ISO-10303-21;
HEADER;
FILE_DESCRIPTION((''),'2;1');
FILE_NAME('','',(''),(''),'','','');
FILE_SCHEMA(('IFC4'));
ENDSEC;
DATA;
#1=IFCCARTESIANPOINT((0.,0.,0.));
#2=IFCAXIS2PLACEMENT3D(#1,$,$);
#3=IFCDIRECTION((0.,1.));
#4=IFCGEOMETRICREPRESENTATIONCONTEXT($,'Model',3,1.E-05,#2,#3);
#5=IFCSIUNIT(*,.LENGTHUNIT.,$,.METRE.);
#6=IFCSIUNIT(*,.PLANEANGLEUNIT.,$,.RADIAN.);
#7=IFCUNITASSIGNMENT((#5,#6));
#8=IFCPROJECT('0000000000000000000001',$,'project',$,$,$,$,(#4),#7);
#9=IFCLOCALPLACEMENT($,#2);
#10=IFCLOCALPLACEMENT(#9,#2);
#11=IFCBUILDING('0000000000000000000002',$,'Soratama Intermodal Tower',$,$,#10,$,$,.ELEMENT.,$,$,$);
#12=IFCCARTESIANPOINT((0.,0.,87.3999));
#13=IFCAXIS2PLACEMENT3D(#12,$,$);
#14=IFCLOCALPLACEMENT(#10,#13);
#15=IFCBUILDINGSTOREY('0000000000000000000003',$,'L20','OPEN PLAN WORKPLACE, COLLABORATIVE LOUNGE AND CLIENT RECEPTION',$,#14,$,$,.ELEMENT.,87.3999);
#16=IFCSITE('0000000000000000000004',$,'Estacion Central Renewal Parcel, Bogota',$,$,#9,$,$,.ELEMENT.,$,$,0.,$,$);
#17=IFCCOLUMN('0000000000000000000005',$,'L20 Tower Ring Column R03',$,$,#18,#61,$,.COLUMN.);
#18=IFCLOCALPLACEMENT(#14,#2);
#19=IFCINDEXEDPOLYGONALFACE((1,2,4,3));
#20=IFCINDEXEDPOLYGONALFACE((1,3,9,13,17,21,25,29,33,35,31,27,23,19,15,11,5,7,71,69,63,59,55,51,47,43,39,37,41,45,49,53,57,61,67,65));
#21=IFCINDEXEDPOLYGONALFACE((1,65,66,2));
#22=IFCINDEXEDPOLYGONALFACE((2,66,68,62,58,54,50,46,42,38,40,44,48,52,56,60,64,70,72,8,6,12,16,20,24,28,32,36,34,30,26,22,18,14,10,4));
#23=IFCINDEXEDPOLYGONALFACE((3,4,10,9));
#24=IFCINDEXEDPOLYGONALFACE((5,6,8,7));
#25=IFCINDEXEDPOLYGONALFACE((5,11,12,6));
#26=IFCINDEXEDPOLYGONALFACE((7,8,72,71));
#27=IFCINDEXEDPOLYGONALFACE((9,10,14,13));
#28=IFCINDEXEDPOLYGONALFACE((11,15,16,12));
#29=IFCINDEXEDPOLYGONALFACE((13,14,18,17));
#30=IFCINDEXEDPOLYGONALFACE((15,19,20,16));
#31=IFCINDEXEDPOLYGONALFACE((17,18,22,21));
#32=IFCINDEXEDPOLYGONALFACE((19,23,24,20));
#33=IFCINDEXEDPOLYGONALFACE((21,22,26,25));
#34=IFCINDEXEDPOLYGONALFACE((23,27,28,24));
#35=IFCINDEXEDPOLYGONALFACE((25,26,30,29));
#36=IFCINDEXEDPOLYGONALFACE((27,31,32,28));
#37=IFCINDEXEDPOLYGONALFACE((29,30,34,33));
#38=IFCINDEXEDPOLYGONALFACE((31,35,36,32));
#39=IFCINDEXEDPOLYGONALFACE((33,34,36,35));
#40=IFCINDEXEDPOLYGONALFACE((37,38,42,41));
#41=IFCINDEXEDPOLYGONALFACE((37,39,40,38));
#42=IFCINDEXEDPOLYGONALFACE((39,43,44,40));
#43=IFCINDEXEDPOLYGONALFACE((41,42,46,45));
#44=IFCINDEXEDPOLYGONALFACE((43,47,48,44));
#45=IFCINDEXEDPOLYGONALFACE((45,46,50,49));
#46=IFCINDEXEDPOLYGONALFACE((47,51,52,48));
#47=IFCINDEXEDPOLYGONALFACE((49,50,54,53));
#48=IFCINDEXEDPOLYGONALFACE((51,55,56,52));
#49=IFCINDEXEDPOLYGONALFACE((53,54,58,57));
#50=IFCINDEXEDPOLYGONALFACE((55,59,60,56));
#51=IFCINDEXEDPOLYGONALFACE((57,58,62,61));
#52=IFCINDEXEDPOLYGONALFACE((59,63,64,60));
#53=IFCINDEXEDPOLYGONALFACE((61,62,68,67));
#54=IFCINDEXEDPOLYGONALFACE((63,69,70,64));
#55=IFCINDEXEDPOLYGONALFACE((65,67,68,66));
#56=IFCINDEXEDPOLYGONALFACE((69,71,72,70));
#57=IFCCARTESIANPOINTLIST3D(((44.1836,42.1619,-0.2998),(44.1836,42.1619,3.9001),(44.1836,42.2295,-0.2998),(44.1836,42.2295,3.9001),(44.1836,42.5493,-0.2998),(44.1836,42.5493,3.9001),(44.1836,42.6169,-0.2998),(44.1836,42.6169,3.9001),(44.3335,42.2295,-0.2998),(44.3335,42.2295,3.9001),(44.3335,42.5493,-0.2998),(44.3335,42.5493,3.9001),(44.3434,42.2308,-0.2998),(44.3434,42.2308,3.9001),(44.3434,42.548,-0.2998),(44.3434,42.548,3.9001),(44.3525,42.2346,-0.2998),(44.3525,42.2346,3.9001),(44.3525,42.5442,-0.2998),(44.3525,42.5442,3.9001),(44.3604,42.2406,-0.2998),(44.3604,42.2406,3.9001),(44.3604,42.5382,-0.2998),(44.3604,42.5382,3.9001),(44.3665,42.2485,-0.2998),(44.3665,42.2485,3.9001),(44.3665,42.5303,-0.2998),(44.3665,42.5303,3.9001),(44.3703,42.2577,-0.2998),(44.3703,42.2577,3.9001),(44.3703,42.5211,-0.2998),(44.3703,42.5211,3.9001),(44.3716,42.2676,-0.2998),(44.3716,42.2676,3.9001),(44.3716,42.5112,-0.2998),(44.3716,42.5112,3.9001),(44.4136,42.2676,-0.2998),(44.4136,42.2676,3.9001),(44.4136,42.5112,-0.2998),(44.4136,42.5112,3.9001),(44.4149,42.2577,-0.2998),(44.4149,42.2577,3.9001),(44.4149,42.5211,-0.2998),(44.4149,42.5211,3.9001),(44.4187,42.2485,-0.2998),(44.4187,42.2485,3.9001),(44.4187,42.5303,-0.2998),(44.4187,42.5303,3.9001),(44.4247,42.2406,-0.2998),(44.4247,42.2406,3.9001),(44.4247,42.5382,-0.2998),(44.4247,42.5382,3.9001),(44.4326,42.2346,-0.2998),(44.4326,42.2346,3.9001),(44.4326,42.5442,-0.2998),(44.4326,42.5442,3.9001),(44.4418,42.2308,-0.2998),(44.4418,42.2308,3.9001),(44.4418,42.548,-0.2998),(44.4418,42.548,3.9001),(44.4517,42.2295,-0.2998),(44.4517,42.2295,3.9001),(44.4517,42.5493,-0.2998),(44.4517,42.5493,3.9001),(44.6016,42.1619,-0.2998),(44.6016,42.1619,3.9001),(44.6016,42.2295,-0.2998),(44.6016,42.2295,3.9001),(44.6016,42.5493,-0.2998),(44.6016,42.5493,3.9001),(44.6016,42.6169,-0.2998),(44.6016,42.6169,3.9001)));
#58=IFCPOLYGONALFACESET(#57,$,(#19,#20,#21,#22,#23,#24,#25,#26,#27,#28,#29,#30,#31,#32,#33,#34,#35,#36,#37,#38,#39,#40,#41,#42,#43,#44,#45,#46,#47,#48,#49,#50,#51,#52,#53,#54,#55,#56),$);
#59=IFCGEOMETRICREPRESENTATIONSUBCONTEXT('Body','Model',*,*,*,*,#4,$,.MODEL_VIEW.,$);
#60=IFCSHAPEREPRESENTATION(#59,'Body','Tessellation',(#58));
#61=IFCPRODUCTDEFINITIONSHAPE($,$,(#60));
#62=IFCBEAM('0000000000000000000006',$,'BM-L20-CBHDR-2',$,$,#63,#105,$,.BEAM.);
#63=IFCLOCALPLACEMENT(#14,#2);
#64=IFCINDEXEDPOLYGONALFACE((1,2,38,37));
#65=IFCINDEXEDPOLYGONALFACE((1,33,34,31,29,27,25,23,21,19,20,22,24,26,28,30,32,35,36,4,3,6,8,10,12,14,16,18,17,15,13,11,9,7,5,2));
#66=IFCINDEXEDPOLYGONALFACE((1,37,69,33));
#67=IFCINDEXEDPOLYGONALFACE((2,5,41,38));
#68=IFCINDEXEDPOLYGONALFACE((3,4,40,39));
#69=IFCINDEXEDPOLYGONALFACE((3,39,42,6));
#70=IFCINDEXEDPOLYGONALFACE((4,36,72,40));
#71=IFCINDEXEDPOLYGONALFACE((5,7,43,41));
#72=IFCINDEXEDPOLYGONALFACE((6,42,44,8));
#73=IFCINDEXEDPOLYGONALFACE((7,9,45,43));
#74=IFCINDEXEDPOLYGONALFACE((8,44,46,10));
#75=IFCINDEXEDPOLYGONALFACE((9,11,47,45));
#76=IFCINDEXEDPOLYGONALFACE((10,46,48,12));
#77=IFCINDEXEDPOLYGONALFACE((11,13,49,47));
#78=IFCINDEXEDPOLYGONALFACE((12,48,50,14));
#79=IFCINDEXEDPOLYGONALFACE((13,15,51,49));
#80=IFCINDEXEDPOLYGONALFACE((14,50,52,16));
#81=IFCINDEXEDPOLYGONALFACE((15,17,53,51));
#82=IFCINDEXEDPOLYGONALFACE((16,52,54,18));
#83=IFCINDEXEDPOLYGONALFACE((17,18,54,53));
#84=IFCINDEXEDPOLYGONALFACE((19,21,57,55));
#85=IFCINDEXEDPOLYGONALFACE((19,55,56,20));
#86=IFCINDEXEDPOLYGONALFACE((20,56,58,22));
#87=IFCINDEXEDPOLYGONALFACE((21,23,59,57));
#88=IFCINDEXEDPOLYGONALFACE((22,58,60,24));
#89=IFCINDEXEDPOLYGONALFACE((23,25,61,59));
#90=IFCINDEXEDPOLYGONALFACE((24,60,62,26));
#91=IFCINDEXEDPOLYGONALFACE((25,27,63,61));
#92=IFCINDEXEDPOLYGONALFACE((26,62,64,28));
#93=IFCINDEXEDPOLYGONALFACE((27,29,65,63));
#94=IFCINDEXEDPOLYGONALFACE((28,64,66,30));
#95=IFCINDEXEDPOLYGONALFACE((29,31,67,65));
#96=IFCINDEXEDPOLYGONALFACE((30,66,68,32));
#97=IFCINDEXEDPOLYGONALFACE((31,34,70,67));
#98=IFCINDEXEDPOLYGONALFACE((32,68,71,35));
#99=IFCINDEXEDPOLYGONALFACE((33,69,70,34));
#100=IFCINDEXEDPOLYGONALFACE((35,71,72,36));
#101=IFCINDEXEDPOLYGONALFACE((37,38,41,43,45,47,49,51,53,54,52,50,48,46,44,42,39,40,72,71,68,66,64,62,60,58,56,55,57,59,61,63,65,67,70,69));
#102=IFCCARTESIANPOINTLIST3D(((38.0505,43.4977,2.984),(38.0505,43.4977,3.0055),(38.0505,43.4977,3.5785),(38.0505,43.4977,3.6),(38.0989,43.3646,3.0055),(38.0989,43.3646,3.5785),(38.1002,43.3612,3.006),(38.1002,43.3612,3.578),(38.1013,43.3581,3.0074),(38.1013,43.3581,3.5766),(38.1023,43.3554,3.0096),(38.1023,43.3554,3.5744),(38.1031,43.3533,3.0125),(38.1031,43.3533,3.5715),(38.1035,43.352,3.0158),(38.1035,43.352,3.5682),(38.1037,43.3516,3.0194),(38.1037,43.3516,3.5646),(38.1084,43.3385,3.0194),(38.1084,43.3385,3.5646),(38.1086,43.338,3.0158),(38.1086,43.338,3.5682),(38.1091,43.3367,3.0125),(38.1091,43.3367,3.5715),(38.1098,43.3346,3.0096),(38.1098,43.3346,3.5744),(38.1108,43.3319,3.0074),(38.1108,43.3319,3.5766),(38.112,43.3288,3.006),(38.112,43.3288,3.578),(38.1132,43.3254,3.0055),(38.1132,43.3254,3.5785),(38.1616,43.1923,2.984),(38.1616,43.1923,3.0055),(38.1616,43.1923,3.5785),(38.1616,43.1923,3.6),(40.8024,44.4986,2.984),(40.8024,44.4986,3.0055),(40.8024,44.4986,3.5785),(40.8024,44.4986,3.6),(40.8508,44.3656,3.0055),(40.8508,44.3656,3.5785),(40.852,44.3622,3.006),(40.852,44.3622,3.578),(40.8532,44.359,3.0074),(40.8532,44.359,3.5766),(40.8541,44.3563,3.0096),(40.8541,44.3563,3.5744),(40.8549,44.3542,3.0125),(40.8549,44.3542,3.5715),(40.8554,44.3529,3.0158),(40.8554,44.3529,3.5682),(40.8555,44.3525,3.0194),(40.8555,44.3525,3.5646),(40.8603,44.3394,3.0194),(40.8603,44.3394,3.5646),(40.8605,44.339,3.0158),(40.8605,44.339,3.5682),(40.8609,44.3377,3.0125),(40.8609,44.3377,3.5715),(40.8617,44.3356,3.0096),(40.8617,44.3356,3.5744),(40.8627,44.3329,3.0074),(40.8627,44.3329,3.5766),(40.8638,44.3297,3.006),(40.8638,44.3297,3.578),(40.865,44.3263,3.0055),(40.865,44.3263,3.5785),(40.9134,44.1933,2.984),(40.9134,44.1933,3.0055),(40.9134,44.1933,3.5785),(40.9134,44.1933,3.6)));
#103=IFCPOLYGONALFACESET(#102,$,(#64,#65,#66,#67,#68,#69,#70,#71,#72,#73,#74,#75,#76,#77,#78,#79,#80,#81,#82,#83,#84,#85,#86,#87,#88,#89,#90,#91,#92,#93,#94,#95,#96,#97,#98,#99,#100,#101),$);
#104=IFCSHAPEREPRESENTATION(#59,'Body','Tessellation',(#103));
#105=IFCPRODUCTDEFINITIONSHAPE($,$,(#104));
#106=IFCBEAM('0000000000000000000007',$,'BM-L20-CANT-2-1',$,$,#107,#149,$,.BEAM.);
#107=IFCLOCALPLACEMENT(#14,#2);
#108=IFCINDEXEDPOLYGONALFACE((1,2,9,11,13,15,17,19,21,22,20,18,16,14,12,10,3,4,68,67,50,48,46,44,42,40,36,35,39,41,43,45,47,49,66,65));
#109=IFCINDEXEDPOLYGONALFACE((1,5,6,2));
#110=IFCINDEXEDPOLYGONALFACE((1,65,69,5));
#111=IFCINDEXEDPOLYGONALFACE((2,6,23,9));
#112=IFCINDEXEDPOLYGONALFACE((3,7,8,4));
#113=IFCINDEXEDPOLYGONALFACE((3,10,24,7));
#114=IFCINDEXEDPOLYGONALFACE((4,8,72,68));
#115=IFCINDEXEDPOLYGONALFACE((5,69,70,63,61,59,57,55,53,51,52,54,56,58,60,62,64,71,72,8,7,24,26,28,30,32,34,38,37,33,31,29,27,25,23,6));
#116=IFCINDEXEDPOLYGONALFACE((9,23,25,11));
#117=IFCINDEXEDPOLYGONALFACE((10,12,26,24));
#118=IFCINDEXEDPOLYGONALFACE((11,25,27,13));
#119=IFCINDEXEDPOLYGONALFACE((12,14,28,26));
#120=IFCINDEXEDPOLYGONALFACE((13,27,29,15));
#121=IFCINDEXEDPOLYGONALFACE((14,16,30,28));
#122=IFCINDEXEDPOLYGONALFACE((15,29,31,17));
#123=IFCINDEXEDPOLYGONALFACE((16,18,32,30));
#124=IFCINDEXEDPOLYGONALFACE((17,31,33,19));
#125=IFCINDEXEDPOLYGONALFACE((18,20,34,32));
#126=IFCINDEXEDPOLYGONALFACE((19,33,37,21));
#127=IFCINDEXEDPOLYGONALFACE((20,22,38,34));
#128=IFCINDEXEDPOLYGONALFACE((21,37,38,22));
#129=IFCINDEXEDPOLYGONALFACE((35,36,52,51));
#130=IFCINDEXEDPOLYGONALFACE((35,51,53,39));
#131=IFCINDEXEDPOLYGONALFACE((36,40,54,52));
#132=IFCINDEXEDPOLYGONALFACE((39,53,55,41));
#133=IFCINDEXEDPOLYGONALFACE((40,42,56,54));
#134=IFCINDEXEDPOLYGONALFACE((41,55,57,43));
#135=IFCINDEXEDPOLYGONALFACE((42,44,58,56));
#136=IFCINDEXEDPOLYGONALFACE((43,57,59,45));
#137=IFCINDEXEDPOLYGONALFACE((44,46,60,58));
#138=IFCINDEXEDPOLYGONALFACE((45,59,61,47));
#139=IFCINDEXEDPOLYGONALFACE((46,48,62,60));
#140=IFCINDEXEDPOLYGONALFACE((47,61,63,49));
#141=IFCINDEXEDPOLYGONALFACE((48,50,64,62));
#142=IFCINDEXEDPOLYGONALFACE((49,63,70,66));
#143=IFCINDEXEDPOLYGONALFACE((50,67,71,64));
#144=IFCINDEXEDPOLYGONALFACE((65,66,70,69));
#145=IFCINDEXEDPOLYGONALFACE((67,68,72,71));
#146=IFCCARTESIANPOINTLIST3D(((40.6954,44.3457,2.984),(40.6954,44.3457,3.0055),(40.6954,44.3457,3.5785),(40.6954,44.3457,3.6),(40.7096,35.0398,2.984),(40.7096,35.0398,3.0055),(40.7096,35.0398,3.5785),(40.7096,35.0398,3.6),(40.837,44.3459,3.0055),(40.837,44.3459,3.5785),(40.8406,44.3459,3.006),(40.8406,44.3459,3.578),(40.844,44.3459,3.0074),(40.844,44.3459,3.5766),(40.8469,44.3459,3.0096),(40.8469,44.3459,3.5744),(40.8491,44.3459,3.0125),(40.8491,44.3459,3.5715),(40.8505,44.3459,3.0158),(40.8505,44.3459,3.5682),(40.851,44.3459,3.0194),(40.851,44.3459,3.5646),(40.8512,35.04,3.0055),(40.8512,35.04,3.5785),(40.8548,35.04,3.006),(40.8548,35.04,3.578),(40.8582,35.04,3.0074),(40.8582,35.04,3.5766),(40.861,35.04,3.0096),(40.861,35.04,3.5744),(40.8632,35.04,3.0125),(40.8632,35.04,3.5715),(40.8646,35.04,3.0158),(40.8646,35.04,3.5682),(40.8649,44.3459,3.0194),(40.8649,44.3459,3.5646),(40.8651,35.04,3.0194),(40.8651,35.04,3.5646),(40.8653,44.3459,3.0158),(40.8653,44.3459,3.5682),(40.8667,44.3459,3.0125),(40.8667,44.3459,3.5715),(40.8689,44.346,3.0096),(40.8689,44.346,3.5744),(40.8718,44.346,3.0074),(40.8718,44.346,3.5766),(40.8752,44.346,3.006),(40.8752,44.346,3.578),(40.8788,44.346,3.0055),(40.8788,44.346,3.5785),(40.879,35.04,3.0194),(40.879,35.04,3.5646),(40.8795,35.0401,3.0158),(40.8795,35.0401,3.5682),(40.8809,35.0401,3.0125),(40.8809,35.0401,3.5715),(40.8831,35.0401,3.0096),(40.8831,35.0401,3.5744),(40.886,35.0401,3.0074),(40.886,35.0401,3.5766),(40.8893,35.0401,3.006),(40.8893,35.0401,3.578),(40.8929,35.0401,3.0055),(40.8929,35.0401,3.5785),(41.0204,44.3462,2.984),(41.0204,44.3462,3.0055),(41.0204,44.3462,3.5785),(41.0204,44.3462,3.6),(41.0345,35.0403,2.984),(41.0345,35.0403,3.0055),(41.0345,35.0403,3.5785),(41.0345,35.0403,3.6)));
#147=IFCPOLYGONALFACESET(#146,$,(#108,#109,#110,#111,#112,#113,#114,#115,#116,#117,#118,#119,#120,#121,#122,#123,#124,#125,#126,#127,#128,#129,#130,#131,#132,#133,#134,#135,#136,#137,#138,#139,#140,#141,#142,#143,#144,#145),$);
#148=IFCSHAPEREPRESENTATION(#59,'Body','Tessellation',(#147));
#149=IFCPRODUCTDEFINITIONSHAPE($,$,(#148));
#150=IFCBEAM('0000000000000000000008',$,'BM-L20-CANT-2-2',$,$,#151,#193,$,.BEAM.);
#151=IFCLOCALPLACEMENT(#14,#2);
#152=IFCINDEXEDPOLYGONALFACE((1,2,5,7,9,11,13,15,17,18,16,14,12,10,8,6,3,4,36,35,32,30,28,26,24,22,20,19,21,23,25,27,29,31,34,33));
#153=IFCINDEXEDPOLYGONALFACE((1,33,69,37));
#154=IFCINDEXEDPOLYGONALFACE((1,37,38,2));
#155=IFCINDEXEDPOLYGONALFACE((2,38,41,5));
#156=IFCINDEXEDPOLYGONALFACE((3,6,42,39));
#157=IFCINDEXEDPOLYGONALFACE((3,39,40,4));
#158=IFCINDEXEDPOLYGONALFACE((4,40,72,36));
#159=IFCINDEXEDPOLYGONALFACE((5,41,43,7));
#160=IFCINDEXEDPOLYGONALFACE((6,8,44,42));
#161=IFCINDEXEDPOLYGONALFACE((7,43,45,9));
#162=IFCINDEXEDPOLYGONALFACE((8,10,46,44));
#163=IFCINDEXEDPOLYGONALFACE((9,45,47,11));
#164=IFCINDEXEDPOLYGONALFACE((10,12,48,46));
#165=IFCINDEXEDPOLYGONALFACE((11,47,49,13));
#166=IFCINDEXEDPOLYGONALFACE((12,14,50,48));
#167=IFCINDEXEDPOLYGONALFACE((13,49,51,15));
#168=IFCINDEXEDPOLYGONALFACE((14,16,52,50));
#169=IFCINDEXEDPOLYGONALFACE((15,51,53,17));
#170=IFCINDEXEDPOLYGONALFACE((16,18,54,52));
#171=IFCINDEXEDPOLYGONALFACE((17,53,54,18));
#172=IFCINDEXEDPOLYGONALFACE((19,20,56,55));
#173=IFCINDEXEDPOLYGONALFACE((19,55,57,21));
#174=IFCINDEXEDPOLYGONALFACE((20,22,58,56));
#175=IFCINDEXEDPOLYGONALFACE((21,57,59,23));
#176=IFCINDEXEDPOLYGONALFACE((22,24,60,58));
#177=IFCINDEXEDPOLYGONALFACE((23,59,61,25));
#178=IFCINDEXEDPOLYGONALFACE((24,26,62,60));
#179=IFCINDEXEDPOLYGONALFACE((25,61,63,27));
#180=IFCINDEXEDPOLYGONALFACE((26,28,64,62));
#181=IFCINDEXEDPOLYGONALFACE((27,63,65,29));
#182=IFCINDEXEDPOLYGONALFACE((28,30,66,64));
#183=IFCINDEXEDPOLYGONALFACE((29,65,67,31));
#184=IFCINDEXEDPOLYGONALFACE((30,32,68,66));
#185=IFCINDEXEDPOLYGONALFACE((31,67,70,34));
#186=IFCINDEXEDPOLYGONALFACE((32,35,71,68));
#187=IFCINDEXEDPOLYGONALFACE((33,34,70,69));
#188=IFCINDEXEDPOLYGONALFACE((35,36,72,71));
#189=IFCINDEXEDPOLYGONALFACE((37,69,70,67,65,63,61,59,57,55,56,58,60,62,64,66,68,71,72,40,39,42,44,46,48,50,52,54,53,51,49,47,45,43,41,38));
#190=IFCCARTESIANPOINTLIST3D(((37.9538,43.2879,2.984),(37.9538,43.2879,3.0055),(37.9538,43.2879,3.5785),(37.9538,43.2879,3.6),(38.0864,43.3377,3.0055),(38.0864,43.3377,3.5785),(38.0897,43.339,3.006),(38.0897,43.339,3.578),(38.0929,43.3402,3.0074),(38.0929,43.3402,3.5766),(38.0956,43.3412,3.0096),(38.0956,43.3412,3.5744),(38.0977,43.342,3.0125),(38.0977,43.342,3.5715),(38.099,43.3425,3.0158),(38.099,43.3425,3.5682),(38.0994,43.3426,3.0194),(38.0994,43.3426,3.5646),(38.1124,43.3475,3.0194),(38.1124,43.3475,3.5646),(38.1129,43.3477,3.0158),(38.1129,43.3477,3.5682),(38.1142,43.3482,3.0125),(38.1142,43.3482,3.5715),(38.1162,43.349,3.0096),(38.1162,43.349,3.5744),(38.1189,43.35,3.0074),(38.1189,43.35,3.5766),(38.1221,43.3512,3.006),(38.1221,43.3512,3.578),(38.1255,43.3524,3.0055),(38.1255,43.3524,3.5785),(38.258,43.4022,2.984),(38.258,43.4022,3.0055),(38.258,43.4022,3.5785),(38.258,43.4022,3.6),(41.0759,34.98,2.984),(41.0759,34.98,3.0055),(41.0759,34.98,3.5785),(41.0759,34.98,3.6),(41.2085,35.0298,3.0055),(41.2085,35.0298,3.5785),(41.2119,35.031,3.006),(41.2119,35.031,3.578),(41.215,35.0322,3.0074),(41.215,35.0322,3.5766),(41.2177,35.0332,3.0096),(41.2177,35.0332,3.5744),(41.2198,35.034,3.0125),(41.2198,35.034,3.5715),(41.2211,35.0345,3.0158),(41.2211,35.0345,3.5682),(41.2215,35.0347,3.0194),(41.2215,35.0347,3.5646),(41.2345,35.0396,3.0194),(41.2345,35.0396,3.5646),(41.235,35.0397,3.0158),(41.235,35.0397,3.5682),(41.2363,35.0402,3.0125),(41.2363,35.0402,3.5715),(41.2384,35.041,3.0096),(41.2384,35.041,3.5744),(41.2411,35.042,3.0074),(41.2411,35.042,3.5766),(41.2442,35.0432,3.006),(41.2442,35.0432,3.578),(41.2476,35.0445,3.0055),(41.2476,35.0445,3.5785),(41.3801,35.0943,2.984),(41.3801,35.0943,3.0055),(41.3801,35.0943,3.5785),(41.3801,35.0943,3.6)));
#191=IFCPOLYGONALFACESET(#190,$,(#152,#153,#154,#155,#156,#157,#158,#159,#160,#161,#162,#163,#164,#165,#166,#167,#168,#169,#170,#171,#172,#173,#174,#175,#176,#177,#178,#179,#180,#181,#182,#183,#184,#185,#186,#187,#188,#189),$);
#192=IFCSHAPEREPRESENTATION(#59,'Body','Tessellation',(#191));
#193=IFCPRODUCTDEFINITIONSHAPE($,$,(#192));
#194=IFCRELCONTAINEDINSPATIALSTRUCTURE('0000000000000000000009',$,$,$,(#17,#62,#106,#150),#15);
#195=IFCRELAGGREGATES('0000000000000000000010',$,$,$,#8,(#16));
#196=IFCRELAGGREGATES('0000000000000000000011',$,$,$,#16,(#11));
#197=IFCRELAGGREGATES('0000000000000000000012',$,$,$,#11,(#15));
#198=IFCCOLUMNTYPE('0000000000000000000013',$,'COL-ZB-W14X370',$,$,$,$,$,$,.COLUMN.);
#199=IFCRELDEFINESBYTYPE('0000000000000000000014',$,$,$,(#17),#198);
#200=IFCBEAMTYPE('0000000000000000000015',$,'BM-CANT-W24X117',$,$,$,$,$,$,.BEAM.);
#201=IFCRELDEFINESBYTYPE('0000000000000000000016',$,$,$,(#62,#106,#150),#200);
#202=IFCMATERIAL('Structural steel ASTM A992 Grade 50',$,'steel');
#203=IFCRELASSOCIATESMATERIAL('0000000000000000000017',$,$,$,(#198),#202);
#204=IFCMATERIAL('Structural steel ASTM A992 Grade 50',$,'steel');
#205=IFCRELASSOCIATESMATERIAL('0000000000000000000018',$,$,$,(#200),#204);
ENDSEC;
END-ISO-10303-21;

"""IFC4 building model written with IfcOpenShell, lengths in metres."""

from ifc_helpers import new_model, si_unit, direction, frame, origin, origin_2d, place, context, subcontext, project, spatial, i_section, extrude, material, material_profile, profile_set, type_object, element, save


model = new_model("IFC4")

# Units and contexts
model_context = context("Model", 3, precision=1e-05, world=origin(), true_north=direction((0.0, 1.0)))
body_context = subcontext(model_context, "Body", "Model", "MODEL_VIEW")
ifc_project = project(units=[si_unit("LENGTHUNIT", "METRE"), si_unit("PLANEANGLEUNIT", "RADIAN")], contexts=[model_context])

# Site, building, storey
site_placement = place(None, origin())
site = spatial("IfcSite", under=ifc_project, at=site_placement, Name="Estacion Central Renewal Parcel, Bogota", CompositionType="ELEMENT", RefElevation=0.0)
building_placement = place(site_placement, origin())
building = spatial("IfcBuilding", under=site, at=building_placement, Name="Soratama Intermodal Tower", CompositionType="ELEMENT")
storey_placement = place(building_placement, frame((0.0, 0.0, 87.3999)))
storey = spatial("IfcBuildingStorey", under=building, at=storey_placement, Name="L20", Description="OPEN PLAN WORKPLACE, COLLABORATIVE LOUNGE AND CLIENT RECEPTION", CompositionType="ELEMENT", Elevation=87.3999)

# Column
ifc_material_1 = material(Name="Structural steel ASTM A992 Grade 50", Category="steel")
ifc_material_profile_1 = material_profile(ifc_material_1, i_section(OverallWidth=0.418, OverallDepth=0.4551, WebThickness=0.042, FlangeThickness=0.0676, FilletRadius=0.0381, at=origin_2d()), Name="W14X370")
ifc_profile_set_1 = profile_set([ifc_material_profile_1], Name="Structural steel ASTM A992 Grade 50")
column_type = type_object("IfcColumnType", Name="COL-ZB-W14X370", PredefinedType="COLUMN", material=ifc_profile_set_1)
column_placement = place(storey_placement, frame((44.3926, 42.3894, -0.2998), z_axis=(0.0, 0.0, 1.0), x_axis=(1.0, 0.0, 0.0)))
element("IfcColumn", 1, at=column_placement, inside=storey, type_object=column_type, Name="L20 Tower Ring Column R03", PredefinedType="COLUMN", context=body_context, shape_type="SweptSolid", body=[
    extrude(i_section(OverallWidth=0.418, OverallDepth=0.4551, WebThickness=0.042, FlangeThickness=0.0676, FilletRadius=0.0381, at=origin_2d()), origin(), (0.0, 0.0, 1.0), 4.2),
])

# Beams
ifc_material_2 = material(Name="Structural steel ASTM A992 Grade 50", Category="steel")
ifc_material_profile_2 = material_profile(ifc_material_2, i_section(OverallWidth=0.325, OverallDepth=0.616, WebThickness=0.0139, FlangeThickness=0.0215, FilletRadius=0.0139, at=origin_2d()), Name="W24X117")
ifc_profile_set_2 = profile_set([ifc_material_profile_2], Name="Structural steel ASTM A992 Grade 50")
beam_type_1 = type_object("IfcBeamType", Name="BM-CANT-W24X117", PredefinedType="BEAM", material=ifc_profile_set_2)
beam_1_placement = place(storey_placement, frame((40.8579, 44.3459, 3.292), z_axis=(-0.939764, -0.341823, 0.0), x_axis=(0.341823, -0.939764, 0.0)))
element("IfcBeam", 2, at=beam_1_placement, inside=storey, type_object=beam_type_1, Name="BM-L20-CBHDR-2", PredefinedType="BEAM", context=body_context, shape_type="SweptSolid", body=[
    extrude(i_section(OverallWidth=0.325, OverallDepth=0.616, WebThickness=0.0139, FlangeThickness=0.0215, FilletRadius=0.0139, at=origin_2d()), origin(), (0.0, 0.0, 1.0), 2.9282),
])
beam_2_placement = place(storey_placement, frame((40.8721, 35.04, 3.292), z_axis=(-0.001522, 0.999999, 0.0), x_axis=(-0.999999, -0.001522, 0.0)))
element("IfcBeam", 3, at=beam_2_placement, inside=storey, type_object=beam_type_1, Name="BM-L20-CANT-2-1", PredefinedType="BEAM", context=body_context, shape_type="SweptSolid", body=[
    extrude(i_section(OverallWidth=0.325, OverallDepth=0.616, WebThickness=0.0139, FlangeThickness=0.0215, FilletRadius=0.0139, at=origin_2d()), origin(), (0.0, 0.0, 1.0), 9.3059),
])
beam_3_placement = place(storey_placement, frame((41.228, 35.0371, 3.292), z_axis=(-0.351778, 0.936084, 0.0), x_axis=(-0.936084, -0.351778, 0.0)))
element("IfcBeam", 4, at=beam_3_placement, inside=storey, type_object=beam_type_1, Name="BM-L20-CANT-2-2", PredefinedType="BEAM", context=body_context, shape_type="SweptSolid", body=[
    extrude(i_section(OverallWidth=0.325, OverallDepth=0.616, WebThickness=0.0139, FlangeThickness=0.0215, FilletRadius=0.0139, at=origin_2d()), origin(), (0.0, 0.0, 1.0), 8.8752),
])

save(model, "model.ifc")
